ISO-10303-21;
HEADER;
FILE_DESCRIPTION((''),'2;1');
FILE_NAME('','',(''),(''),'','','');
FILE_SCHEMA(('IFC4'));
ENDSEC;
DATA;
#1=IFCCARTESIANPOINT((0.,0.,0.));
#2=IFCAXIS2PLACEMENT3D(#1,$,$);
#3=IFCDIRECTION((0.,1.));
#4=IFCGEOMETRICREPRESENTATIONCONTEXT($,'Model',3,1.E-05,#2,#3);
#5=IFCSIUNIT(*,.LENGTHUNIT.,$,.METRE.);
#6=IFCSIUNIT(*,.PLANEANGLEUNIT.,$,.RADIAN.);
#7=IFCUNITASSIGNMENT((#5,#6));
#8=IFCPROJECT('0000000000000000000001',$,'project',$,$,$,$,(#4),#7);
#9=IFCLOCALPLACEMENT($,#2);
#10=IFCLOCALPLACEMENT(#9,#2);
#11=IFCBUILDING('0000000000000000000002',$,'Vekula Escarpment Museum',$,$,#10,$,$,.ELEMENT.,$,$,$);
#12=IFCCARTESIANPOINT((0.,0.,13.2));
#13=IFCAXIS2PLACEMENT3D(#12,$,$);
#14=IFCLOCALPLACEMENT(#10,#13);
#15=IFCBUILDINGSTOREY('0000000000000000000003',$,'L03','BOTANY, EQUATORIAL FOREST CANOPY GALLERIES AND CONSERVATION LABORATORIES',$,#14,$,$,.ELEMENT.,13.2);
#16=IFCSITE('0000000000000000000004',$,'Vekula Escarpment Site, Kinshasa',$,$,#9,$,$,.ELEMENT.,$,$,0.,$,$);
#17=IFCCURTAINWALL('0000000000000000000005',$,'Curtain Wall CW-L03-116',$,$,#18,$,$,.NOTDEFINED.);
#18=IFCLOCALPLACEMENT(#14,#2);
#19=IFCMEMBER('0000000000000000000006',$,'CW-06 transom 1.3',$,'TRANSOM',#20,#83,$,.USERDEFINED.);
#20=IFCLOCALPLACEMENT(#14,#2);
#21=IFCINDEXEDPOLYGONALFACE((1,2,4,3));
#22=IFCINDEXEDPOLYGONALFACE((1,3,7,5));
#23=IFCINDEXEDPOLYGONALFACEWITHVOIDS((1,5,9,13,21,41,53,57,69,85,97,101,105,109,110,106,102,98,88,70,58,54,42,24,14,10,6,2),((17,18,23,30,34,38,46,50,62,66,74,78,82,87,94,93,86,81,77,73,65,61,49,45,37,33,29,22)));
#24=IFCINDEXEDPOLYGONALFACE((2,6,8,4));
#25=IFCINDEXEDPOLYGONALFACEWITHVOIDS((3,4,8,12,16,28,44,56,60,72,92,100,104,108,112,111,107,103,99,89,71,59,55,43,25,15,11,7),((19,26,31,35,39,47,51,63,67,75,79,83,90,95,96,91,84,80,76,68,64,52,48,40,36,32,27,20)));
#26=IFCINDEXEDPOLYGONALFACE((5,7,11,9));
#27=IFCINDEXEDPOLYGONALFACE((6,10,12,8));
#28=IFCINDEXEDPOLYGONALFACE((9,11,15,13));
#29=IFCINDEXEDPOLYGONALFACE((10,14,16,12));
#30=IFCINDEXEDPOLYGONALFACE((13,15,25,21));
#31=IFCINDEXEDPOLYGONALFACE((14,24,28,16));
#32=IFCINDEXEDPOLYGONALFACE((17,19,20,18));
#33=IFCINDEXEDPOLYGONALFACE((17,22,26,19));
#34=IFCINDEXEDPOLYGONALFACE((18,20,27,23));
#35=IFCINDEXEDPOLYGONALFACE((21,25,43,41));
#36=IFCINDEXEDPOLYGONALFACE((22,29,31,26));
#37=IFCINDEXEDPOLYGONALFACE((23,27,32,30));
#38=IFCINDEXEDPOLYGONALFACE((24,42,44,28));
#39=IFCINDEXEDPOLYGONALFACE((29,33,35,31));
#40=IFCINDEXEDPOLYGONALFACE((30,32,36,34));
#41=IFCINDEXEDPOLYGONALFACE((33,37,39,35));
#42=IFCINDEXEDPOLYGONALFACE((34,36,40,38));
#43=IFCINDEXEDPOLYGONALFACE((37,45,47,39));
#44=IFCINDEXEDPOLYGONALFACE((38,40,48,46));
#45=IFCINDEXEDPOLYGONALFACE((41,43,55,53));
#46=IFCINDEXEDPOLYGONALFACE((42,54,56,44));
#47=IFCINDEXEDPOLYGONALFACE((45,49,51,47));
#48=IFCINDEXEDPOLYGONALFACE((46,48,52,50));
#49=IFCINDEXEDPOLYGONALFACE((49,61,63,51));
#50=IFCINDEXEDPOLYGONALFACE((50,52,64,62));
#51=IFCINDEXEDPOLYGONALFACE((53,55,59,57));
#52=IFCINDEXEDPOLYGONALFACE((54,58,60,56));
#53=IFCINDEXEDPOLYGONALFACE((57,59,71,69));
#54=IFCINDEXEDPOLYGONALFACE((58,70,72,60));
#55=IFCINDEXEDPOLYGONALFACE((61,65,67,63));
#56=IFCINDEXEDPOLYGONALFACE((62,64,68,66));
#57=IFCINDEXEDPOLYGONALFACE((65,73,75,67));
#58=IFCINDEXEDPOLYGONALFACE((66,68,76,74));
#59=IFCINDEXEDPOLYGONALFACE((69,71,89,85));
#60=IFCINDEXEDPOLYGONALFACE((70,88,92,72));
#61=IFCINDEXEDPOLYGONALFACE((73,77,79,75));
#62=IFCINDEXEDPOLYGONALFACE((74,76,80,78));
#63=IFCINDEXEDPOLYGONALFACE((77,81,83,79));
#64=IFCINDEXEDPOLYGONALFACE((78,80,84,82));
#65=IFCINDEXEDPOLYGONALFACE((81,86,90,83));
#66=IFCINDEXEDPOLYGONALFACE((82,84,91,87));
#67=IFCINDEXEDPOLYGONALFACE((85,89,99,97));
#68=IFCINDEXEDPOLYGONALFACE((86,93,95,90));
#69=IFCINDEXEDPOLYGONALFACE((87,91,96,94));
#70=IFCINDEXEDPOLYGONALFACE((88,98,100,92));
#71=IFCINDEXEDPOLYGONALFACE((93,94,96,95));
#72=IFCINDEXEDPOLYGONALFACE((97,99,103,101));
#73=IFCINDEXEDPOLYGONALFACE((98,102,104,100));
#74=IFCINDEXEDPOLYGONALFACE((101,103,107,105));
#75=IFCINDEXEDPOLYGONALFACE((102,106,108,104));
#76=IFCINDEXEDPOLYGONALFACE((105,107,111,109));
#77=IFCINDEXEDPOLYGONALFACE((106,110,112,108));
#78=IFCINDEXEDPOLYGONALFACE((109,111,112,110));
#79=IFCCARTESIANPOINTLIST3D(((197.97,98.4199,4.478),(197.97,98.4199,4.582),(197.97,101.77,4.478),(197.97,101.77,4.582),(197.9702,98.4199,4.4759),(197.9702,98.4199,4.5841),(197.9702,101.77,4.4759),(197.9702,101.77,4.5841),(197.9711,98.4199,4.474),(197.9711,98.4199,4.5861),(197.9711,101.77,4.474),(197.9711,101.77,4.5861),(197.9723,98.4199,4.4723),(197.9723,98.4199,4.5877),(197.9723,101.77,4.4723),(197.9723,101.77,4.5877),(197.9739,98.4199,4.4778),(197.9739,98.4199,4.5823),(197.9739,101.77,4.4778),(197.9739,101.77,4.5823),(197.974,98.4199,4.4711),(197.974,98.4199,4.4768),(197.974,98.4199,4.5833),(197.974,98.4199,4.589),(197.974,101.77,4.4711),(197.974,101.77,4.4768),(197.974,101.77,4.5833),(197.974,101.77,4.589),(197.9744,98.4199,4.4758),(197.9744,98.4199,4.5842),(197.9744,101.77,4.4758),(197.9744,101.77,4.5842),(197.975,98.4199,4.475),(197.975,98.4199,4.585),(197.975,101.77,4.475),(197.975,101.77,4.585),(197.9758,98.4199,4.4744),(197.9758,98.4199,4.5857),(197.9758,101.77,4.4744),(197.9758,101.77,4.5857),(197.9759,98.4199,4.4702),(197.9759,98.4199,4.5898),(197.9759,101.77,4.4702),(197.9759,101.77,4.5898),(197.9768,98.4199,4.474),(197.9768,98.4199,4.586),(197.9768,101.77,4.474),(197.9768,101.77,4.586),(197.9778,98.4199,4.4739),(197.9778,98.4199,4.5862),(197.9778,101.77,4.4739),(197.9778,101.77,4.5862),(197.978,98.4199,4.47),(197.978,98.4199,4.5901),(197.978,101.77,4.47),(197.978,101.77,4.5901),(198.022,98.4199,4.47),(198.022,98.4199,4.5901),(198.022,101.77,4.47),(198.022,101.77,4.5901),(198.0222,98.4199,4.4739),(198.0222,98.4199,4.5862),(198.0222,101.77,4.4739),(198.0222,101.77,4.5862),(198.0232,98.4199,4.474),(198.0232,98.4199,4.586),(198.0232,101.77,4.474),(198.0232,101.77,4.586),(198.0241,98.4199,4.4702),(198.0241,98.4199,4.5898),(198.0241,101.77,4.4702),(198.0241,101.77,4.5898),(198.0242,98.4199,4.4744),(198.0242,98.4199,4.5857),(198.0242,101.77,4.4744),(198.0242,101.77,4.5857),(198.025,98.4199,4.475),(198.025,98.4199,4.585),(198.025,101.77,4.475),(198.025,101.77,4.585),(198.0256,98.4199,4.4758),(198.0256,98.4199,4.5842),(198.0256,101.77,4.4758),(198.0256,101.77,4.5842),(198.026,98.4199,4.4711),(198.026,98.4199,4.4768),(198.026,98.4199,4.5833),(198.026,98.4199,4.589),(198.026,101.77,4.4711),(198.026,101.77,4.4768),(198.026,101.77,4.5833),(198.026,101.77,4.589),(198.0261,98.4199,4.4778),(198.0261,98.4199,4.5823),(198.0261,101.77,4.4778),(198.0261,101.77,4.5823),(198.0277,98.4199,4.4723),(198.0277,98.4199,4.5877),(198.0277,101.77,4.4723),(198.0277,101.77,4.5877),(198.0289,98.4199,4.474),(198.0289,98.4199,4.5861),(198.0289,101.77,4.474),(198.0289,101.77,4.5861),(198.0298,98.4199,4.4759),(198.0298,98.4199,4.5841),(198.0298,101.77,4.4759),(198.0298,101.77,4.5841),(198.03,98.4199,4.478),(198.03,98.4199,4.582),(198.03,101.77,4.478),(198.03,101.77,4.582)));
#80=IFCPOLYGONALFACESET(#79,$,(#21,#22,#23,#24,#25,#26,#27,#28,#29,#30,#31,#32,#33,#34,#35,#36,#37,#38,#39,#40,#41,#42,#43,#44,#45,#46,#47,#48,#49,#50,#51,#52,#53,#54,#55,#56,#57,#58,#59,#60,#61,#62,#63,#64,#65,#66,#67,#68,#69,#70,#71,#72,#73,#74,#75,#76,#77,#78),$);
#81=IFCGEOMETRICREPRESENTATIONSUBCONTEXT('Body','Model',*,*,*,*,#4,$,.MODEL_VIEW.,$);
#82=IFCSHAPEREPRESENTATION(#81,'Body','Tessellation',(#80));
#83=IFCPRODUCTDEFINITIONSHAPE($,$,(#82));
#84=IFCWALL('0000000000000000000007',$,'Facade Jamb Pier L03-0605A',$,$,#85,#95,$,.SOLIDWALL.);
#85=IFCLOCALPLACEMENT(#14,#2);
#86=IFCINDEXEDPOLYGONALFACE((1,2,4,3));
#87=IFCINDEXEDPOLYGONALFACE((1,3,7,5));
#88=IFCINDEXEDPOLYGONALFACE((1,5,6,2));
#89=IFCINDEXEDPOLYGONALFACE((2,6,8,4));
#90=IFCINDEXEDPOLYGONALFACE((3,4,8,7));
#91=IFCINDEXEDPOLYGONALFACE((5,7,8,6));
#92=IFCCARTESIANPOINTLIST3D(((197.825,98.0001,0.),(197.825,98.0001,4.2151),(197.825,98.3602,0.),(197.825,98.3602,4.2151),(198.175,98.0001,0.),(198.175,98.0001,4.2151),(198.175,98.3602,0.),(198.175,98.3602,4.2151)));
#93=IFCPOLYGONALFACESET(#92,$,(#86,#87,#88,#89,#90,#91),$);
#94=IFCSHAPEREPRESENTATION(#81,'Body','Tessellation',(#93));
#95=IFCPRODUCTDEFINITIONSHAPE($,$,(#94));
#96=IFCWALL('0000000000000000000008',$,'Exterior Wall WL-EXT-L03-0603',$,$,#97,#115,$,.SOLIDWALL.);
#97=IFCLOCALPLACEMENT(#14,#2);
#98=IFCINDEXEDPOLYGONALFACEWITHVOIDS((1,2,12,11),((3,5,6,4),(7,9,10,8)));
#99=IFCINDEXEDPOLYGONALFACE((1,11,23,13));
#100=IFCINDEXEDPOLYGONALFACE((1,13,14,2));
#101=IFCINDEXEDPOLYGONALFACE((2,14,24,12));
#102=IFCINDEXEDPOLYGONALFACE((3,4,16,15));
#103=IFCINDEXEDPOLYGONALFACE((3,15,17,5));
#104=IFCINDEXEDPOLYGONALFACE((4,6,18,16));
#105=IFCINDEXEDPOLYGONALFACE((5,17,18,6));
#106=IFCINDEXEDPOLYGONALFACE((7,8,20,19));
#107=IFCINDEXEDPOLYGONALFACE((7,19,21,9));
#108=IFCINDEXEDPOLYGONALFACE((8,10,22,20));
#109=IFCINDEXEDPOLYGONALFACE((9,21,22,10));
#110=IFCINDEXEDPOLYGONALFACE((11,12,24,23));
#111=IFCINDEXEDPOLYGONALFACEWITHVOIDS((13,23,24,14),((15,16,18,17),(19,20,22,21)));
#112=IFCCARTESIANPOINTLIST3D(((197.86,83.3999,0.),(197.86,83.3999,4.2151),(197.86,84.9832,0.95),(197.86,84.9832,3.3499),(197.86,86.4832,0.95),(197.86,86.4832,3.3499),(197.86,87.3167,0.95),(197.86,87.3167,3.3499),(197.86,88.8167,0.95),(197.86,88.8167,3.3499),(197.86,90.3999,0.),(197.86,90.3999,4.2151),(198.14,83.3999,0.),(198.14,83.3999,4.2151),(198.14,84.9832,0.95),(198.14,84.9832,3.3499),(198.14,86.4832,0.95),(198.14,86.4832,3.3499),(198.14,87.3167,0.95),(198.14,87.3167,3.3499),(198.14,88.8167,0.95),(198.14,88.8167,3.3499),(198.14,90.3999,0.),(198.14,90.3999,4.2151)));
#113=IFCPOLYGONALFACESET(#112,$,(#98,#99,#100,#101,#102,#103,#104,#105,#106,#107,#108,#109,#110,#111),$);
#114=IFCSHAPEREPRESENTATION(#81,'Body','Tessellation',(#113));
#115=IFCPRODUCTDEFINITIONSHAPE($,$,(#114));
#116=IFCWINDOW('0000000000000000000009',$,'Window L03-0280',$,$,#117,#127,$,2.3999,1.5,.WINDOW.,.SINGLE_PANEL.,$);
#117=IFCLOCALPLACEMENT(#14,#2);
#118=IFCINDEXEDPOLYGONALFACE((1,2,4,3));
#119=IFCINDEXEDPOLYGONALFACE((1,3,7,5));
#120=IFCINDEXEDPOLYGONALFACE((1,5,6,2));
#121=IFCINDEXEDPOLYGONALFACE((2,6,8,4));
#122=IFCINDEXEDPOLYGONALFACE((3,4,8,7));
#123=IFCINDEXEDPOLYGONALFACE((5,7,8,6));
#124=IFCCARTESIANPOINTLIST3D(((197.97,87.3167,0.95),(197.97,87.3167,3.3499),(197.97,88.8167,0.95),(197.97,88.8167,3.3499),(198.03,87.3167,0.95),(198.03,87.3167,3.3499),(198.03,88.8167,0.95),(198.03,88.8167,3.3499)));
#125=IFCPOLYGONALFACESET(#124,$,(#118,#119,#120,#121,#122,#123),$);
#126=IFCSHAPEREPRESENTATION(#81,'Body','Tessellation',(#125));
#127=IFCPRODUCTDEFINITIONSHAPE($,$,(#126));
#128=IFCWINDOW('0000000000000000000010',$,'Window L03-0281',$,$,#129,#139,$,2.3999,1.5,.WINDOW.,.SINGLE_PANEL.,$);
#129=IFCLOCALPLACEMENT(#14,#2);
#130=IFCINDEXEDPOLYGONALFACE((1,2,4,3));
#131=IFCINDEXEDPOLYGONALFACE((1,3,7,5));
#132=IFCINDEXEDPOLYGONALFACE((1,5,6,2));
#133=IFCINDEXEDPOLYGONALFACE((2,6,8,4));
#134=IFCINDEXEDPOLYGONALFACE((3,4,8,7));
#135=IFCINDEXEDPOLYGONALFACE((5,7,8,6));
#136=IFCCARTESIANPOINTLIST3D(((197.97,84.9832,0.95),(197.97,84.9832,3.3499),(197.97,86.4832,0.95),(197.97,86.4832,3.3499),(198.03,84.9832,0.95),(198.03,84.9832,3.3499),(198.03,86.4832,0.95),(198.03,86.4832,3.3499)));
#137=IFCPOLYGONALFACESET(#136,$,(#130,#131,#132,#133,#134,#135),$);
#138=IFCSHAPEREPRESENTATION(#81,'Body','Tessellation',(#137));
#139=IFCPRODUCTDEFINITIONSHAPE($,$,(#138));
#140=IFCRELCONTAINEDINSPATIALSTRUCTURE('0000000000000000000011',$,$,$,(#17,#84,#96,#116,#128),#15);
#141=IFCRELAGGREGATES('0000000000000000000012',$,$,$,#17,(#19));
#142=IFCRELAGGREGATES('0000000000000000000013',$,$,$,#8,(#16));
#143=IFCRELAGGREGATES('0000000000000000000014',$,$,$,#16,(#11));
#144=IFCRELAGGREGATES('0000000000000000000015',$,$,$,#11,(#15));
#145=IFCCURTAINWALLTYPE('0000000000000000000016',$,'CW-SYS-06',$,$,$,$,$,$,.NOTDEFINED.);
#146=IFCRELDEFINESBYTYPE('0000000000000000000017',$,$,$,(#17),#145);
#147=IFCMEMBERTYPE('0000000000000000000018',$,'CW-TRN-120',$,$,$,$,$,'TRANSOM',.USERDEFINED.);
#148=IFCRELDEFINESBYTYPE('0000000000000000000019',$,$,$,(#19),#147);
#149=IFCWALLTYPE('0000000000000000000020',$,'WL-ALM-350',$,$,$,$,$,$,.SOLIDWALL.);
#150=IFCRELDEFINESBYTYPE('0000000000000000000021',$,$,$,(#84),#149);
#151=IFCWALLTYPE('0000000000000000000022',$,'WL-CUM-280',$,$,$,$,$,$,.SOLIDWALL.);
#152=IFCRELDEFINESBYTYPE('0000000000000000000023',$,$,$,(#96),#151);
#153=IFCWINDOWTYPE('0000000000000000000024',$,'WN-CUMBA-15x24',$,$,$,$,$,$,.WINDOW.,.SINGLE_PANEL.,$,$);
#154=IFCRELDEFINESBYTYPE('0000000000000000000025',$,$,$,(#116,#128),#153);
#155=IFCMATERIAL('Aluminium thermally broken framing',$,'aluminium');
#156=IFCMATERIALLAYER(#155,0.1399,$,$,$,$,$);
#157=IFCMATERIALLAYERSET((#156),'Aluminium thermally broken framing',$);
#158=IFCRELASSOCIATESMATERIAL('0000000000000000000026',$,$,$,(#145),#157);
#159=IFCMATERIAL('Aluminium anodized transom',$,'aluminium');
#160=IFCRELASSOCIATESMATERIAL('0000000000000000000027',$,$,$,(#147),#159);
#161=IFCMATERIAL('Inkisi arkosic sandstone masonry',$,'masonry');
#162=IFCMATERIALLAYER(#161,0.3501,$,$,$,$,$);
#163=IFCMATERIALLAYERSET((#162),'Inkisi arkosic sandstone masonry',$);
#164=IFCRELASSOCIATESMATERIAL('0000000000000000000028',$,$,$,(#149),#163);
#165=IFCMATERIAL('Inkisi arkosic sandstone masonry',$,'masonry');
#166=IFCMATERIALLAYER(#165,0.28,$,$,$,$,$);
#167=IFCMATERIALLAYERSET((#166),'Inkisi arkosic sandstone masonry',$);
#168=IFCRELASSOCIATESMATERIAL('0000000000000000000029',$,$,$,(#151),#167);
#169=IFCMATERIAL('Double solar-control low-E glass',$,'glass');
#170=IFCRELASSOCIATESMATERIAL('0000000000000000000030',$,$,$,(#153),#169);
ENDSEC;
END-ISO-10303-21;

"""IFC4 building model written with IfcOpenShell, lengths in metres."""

from ifc_helpers import new_model, si_unit, direction, frame, frame_2d, origin, origin_2d, place, context, subcontext, project, spatial, rectangle, hollow_rectangle, extrude, material, layer, layer_set, material_profile, profile_set, type_object, element, fill, aggregate, save


model = new_model("IFC4")

# Units and contexts
model_context = context("Model", 3, precision=1e-05, world=origin(), true_north=direction((0.0, 1.0)))
body_context = subcontext(model_context, "Body", "Model", "MODEL_VIEW")
ifc_project = project(units=[si_unit("LENGTHUNIT", "METRE"), si_unit("PLANEANGLEUNIT", "RADIAN")], contexts=[model_context])

# Site, building, storey
site_placement = place(None, origin())
site = spatial("IfcSite", under=ifc_project, at=site_placement, Name="Vekula Escarpment Site, Kinshasa", CompositionType="ELEMENT", RefElevation=0.0)
building_placement = place(site_placement, origin())
building = spatial("IfcBuilding", under=site, at=building_placement, Name="Vekula Escarpment Museum", CompositionType="ELEMENT")
storey_placement = place(building_placement, frame((0.0, 0.0, 13.2)))
storey = spatial("IfcBuildingStorey", under=building, at=storey_placement, Name="L03", Description="BOTANY, EQUATORIAL FOREST CANOPY GALLERIES AND CONSERVATION LABORATORIES", CompositionType="ELEMENT", Elevation=13.2)

# Curtain wall, member
ifc_material_1 = material(Name="Aluminium thermally broken framing", Category="aluminium")
ifc_layer_1 = layer(ifc_material_1, 0.1399)
ifc_layer_set_1 = layer_set([ifc_layer_1], Name="Aluminium thermally broken framing")
curtain_wall_type = type_object("IfcCurtainWallType", Name="CW-SYS-06", PredefinedType="NOTDEFINED", material=ifc_layer_set_1)
curtain_wall_placement = place(storey_placement, origin())
curtain_wall = element("IfcCurtainWall", 1, at=curtain_wall_placement, inside=storey, type_object=curtain_wall_type, Name="Curtain Wall CW-L03-116", PredefinedType="NOTDEFINED")
ifc_material_2 = material(Name="Aluminium anodized transom", Category="aluminium")
ifc_material_profile_1 = material_profile(ifc_material_2, hollow_rectangle(XDim=0.0601, YDim=0.1201, WallThickness=0.0039, InnerFilletRadius=0.0039, OuterFilletRadius=0.0081, at=origin_2d()), Name="ALU 120x60x4")
ifc_profile_set_1 = profile_set([ifc_material_profile_1], Name="Aluminium anodized transom")
member_type_1 = type_object("IfcMemberType", Name="CW-TRN-120", ElementType="TRANSOM", PredefinedType="USERDEFINED", material=ifc_profile_set_1)
member_1_placement = place(storey_placement, frame((198.0, 98.4199, 4.53), z_axis=(0.0, 1.0, 0.0), x_axis=(-1.0, 0.0, 0.0)))
member_1 = element("IfcMember", 2, at=member_1_placement, type_object=member_type_1, Name="CW-06 transom 1.3", ObjectType="TRANSOM", PredefinedType="USERDEFINED", context=body_context, shape_type="SweptSolid", body=[
    extrude(hollow_rectangle(XDim=0.0601, YDim=0.1201, WallThickness=0.0039, InnerFilletRadius=0.0039, OuterFilletRadius=0.0081, at=origin_2d()), origin(), (0.0, 0.0, 1.0), 3.3501),
])
aggregate(curtain_wall, [member_1])

# Wall
ifc_material_3 = material(Name="Inkisi arkosic sandstone masonry", Category="masonry")
ifc_layer_2 = layer(ifc_material_3, 0.3501)
ifc_layer_set_2 = layer_set([ifc_layer_2], Name="Inkisi arkosic sandstone masonry")
wall_type_1 = type_object("IfcWallType", Name="WL-ALM-350", PredefinedType="SOLIDWALL", material=ifc_layer_set_2)
wall_1_placement = place(storey_placement, frame((198.0, 98.0, 0.0), z_axis=(0.0, 0.0, 1.0), x_axis=(0.0, 1.0, 0.0)))
element("IfcWall", 3, at=wall_1_placement, inside=storey, type_object=wall_type_1, Name="Facade Jamb Pier L03-0605A", PredefinedType="SOLIDWALL", context=body_context, shape_type="SweptSolid", body=[
    extrude(rectangle(XDim=0.3601, YDim=0.3501, at=frame_2d((0.1802, 0.0))), origin(), (0.0, 0.0, 1.0), 4.2151),
])

# Wall, openings, windows
ifc_material_4 = material(Name="Inkisi arkosic sandstone masonry", Category="masonry")
ifc_layer_3 = layer(ifc_material_4, 0.28)
ifc_layer_set_3 = layer_set([ifc_layer_3], Name="Inkisi arkosic sandstone masonry")
wall_type_2 = type_object("IfcWallType", Name="WL-CUM-280", PredefinedType="SOLIDWALL", material=ifc_layer_set_3)
wall_2_placement = place(storey_placement, frame((198.0, 90.3999, 0.0), z_axis=(0.0, 0.0, 1.0), x_axis=(0.0, -1.0, 0.0)))
wall_2 = element("IfcWall", 4, at=wall_2_placement, inside=storey, type_object=wall_type_2, Name="Exterior Wall WL-EXT-L03-0603", PredefinedType="SOLIDWALL", context=body_context, shape_type="SweptSolid", body=[
    extrude(rectangle(XDim=7.0, YDim=0.28, at=frame_2d((3.5, 0.0))), origin(), (0.0, 0.0, 1.0), 4.2151),
])
opening_1_placement = place(wall_2_placement, frame((1.5833, 0.0, 0.95)))
opening_1 = element("IfcOpeningElement", 5, at=opening_1_placement, cuts=wall_2, PredefinedType="OPENING", context=body_context, shape_type="SweptSolid", body=[
    extrude(rectangle(XDim=1.5, YDim=2.3999, at=frame_2d((0.75, 1.2))), frame((0.0, 0.1499, 0.0), z_axis=(0.0, -1.0, 0.0), x_axis=(1.0, 0.0, 0.0)), (0.0, 0.0, 1.0), 0.3),
])
opening_2_placement = place(wall_2_placement, frame((3.9167, 0.0, 0.95)))
opening_2 = element("IfcOpeningElement", 6, at=opening_2_placement, cuts=wall_2, PredefinedType="OPENING", context=body_context, shape_type="SweptSolid", body=[
    extrude(rectangle(XDim=1.5, YDim=2.3999, at=frame_2d((0.75, 1.2))), frame((0.0, 0.1499, 0.0), z_axis=(0.0, -1.0, 0.0), x_axis=(1.0, 0.0, 0.0)), (0.0, 0.0, 1.0), 0.3),
])
ifc_material_5 = material(Name="Double solar-control low-E glass", Category="glass")
window_type_1 = type_object("IfcWindowType", Name="WN-CUMBA-15x24", PartitioningType="SINGLE_PANEL", PredefinedType="WINDOW", material=ifc_material_5)
window_1_placement = place(opening_1_placement, origin())
window_1 = element("IfcWindow", 7, at=window_1_placement, inside=storey, type_object=window_type_1, Name="Window L03-0280", OverallHeight=2.3999, OverallWidth=1.5, PartitioningType="SINGLE_PANEL", PredefinedType="WINDOW", context=body_context, shape_type="SweptSolid", body=[
    extrude(rectangle(XDim=1.5, YDim=2.3999, at=frame_2d((0.75, 1.2))), frame((0.0, 0.03, 0.0), z_axis=(0.0, -1.0, 0.0), x_axis=(1.0, 0.0, 0.0)), (0.0, 0.0, 1.0), 0.0601),
])
fill(opening_1, window_1)
window_2_placement = place(opening_2_placement, origin())
window_2 = element("IfcWindow", 8, at=window_2_placement, inside=storey, type_object=window_type_1, Name="Window L03-0281", OverallHeight=2.3999, OverallWidth=1.5, PartitioningType="SINGLE_PANEL", PredefinedType="WINDOW", context=body_context, shape_type="SweptSolid", body=[
    extrude(rectangle(XDim=1.5, YDim=2.3999, at=frame_2d((0.75, 1.2))), frame((0.0, 0.03, 0.0), z_axis=(0.0, -1.0, 0.0), x_axis=(1.0, 0.0, 0.0)), (0.0, 0.0, 1.0), 0.0601),
])
fill(opening_2, window_2)

save(model, "model.ifc")
